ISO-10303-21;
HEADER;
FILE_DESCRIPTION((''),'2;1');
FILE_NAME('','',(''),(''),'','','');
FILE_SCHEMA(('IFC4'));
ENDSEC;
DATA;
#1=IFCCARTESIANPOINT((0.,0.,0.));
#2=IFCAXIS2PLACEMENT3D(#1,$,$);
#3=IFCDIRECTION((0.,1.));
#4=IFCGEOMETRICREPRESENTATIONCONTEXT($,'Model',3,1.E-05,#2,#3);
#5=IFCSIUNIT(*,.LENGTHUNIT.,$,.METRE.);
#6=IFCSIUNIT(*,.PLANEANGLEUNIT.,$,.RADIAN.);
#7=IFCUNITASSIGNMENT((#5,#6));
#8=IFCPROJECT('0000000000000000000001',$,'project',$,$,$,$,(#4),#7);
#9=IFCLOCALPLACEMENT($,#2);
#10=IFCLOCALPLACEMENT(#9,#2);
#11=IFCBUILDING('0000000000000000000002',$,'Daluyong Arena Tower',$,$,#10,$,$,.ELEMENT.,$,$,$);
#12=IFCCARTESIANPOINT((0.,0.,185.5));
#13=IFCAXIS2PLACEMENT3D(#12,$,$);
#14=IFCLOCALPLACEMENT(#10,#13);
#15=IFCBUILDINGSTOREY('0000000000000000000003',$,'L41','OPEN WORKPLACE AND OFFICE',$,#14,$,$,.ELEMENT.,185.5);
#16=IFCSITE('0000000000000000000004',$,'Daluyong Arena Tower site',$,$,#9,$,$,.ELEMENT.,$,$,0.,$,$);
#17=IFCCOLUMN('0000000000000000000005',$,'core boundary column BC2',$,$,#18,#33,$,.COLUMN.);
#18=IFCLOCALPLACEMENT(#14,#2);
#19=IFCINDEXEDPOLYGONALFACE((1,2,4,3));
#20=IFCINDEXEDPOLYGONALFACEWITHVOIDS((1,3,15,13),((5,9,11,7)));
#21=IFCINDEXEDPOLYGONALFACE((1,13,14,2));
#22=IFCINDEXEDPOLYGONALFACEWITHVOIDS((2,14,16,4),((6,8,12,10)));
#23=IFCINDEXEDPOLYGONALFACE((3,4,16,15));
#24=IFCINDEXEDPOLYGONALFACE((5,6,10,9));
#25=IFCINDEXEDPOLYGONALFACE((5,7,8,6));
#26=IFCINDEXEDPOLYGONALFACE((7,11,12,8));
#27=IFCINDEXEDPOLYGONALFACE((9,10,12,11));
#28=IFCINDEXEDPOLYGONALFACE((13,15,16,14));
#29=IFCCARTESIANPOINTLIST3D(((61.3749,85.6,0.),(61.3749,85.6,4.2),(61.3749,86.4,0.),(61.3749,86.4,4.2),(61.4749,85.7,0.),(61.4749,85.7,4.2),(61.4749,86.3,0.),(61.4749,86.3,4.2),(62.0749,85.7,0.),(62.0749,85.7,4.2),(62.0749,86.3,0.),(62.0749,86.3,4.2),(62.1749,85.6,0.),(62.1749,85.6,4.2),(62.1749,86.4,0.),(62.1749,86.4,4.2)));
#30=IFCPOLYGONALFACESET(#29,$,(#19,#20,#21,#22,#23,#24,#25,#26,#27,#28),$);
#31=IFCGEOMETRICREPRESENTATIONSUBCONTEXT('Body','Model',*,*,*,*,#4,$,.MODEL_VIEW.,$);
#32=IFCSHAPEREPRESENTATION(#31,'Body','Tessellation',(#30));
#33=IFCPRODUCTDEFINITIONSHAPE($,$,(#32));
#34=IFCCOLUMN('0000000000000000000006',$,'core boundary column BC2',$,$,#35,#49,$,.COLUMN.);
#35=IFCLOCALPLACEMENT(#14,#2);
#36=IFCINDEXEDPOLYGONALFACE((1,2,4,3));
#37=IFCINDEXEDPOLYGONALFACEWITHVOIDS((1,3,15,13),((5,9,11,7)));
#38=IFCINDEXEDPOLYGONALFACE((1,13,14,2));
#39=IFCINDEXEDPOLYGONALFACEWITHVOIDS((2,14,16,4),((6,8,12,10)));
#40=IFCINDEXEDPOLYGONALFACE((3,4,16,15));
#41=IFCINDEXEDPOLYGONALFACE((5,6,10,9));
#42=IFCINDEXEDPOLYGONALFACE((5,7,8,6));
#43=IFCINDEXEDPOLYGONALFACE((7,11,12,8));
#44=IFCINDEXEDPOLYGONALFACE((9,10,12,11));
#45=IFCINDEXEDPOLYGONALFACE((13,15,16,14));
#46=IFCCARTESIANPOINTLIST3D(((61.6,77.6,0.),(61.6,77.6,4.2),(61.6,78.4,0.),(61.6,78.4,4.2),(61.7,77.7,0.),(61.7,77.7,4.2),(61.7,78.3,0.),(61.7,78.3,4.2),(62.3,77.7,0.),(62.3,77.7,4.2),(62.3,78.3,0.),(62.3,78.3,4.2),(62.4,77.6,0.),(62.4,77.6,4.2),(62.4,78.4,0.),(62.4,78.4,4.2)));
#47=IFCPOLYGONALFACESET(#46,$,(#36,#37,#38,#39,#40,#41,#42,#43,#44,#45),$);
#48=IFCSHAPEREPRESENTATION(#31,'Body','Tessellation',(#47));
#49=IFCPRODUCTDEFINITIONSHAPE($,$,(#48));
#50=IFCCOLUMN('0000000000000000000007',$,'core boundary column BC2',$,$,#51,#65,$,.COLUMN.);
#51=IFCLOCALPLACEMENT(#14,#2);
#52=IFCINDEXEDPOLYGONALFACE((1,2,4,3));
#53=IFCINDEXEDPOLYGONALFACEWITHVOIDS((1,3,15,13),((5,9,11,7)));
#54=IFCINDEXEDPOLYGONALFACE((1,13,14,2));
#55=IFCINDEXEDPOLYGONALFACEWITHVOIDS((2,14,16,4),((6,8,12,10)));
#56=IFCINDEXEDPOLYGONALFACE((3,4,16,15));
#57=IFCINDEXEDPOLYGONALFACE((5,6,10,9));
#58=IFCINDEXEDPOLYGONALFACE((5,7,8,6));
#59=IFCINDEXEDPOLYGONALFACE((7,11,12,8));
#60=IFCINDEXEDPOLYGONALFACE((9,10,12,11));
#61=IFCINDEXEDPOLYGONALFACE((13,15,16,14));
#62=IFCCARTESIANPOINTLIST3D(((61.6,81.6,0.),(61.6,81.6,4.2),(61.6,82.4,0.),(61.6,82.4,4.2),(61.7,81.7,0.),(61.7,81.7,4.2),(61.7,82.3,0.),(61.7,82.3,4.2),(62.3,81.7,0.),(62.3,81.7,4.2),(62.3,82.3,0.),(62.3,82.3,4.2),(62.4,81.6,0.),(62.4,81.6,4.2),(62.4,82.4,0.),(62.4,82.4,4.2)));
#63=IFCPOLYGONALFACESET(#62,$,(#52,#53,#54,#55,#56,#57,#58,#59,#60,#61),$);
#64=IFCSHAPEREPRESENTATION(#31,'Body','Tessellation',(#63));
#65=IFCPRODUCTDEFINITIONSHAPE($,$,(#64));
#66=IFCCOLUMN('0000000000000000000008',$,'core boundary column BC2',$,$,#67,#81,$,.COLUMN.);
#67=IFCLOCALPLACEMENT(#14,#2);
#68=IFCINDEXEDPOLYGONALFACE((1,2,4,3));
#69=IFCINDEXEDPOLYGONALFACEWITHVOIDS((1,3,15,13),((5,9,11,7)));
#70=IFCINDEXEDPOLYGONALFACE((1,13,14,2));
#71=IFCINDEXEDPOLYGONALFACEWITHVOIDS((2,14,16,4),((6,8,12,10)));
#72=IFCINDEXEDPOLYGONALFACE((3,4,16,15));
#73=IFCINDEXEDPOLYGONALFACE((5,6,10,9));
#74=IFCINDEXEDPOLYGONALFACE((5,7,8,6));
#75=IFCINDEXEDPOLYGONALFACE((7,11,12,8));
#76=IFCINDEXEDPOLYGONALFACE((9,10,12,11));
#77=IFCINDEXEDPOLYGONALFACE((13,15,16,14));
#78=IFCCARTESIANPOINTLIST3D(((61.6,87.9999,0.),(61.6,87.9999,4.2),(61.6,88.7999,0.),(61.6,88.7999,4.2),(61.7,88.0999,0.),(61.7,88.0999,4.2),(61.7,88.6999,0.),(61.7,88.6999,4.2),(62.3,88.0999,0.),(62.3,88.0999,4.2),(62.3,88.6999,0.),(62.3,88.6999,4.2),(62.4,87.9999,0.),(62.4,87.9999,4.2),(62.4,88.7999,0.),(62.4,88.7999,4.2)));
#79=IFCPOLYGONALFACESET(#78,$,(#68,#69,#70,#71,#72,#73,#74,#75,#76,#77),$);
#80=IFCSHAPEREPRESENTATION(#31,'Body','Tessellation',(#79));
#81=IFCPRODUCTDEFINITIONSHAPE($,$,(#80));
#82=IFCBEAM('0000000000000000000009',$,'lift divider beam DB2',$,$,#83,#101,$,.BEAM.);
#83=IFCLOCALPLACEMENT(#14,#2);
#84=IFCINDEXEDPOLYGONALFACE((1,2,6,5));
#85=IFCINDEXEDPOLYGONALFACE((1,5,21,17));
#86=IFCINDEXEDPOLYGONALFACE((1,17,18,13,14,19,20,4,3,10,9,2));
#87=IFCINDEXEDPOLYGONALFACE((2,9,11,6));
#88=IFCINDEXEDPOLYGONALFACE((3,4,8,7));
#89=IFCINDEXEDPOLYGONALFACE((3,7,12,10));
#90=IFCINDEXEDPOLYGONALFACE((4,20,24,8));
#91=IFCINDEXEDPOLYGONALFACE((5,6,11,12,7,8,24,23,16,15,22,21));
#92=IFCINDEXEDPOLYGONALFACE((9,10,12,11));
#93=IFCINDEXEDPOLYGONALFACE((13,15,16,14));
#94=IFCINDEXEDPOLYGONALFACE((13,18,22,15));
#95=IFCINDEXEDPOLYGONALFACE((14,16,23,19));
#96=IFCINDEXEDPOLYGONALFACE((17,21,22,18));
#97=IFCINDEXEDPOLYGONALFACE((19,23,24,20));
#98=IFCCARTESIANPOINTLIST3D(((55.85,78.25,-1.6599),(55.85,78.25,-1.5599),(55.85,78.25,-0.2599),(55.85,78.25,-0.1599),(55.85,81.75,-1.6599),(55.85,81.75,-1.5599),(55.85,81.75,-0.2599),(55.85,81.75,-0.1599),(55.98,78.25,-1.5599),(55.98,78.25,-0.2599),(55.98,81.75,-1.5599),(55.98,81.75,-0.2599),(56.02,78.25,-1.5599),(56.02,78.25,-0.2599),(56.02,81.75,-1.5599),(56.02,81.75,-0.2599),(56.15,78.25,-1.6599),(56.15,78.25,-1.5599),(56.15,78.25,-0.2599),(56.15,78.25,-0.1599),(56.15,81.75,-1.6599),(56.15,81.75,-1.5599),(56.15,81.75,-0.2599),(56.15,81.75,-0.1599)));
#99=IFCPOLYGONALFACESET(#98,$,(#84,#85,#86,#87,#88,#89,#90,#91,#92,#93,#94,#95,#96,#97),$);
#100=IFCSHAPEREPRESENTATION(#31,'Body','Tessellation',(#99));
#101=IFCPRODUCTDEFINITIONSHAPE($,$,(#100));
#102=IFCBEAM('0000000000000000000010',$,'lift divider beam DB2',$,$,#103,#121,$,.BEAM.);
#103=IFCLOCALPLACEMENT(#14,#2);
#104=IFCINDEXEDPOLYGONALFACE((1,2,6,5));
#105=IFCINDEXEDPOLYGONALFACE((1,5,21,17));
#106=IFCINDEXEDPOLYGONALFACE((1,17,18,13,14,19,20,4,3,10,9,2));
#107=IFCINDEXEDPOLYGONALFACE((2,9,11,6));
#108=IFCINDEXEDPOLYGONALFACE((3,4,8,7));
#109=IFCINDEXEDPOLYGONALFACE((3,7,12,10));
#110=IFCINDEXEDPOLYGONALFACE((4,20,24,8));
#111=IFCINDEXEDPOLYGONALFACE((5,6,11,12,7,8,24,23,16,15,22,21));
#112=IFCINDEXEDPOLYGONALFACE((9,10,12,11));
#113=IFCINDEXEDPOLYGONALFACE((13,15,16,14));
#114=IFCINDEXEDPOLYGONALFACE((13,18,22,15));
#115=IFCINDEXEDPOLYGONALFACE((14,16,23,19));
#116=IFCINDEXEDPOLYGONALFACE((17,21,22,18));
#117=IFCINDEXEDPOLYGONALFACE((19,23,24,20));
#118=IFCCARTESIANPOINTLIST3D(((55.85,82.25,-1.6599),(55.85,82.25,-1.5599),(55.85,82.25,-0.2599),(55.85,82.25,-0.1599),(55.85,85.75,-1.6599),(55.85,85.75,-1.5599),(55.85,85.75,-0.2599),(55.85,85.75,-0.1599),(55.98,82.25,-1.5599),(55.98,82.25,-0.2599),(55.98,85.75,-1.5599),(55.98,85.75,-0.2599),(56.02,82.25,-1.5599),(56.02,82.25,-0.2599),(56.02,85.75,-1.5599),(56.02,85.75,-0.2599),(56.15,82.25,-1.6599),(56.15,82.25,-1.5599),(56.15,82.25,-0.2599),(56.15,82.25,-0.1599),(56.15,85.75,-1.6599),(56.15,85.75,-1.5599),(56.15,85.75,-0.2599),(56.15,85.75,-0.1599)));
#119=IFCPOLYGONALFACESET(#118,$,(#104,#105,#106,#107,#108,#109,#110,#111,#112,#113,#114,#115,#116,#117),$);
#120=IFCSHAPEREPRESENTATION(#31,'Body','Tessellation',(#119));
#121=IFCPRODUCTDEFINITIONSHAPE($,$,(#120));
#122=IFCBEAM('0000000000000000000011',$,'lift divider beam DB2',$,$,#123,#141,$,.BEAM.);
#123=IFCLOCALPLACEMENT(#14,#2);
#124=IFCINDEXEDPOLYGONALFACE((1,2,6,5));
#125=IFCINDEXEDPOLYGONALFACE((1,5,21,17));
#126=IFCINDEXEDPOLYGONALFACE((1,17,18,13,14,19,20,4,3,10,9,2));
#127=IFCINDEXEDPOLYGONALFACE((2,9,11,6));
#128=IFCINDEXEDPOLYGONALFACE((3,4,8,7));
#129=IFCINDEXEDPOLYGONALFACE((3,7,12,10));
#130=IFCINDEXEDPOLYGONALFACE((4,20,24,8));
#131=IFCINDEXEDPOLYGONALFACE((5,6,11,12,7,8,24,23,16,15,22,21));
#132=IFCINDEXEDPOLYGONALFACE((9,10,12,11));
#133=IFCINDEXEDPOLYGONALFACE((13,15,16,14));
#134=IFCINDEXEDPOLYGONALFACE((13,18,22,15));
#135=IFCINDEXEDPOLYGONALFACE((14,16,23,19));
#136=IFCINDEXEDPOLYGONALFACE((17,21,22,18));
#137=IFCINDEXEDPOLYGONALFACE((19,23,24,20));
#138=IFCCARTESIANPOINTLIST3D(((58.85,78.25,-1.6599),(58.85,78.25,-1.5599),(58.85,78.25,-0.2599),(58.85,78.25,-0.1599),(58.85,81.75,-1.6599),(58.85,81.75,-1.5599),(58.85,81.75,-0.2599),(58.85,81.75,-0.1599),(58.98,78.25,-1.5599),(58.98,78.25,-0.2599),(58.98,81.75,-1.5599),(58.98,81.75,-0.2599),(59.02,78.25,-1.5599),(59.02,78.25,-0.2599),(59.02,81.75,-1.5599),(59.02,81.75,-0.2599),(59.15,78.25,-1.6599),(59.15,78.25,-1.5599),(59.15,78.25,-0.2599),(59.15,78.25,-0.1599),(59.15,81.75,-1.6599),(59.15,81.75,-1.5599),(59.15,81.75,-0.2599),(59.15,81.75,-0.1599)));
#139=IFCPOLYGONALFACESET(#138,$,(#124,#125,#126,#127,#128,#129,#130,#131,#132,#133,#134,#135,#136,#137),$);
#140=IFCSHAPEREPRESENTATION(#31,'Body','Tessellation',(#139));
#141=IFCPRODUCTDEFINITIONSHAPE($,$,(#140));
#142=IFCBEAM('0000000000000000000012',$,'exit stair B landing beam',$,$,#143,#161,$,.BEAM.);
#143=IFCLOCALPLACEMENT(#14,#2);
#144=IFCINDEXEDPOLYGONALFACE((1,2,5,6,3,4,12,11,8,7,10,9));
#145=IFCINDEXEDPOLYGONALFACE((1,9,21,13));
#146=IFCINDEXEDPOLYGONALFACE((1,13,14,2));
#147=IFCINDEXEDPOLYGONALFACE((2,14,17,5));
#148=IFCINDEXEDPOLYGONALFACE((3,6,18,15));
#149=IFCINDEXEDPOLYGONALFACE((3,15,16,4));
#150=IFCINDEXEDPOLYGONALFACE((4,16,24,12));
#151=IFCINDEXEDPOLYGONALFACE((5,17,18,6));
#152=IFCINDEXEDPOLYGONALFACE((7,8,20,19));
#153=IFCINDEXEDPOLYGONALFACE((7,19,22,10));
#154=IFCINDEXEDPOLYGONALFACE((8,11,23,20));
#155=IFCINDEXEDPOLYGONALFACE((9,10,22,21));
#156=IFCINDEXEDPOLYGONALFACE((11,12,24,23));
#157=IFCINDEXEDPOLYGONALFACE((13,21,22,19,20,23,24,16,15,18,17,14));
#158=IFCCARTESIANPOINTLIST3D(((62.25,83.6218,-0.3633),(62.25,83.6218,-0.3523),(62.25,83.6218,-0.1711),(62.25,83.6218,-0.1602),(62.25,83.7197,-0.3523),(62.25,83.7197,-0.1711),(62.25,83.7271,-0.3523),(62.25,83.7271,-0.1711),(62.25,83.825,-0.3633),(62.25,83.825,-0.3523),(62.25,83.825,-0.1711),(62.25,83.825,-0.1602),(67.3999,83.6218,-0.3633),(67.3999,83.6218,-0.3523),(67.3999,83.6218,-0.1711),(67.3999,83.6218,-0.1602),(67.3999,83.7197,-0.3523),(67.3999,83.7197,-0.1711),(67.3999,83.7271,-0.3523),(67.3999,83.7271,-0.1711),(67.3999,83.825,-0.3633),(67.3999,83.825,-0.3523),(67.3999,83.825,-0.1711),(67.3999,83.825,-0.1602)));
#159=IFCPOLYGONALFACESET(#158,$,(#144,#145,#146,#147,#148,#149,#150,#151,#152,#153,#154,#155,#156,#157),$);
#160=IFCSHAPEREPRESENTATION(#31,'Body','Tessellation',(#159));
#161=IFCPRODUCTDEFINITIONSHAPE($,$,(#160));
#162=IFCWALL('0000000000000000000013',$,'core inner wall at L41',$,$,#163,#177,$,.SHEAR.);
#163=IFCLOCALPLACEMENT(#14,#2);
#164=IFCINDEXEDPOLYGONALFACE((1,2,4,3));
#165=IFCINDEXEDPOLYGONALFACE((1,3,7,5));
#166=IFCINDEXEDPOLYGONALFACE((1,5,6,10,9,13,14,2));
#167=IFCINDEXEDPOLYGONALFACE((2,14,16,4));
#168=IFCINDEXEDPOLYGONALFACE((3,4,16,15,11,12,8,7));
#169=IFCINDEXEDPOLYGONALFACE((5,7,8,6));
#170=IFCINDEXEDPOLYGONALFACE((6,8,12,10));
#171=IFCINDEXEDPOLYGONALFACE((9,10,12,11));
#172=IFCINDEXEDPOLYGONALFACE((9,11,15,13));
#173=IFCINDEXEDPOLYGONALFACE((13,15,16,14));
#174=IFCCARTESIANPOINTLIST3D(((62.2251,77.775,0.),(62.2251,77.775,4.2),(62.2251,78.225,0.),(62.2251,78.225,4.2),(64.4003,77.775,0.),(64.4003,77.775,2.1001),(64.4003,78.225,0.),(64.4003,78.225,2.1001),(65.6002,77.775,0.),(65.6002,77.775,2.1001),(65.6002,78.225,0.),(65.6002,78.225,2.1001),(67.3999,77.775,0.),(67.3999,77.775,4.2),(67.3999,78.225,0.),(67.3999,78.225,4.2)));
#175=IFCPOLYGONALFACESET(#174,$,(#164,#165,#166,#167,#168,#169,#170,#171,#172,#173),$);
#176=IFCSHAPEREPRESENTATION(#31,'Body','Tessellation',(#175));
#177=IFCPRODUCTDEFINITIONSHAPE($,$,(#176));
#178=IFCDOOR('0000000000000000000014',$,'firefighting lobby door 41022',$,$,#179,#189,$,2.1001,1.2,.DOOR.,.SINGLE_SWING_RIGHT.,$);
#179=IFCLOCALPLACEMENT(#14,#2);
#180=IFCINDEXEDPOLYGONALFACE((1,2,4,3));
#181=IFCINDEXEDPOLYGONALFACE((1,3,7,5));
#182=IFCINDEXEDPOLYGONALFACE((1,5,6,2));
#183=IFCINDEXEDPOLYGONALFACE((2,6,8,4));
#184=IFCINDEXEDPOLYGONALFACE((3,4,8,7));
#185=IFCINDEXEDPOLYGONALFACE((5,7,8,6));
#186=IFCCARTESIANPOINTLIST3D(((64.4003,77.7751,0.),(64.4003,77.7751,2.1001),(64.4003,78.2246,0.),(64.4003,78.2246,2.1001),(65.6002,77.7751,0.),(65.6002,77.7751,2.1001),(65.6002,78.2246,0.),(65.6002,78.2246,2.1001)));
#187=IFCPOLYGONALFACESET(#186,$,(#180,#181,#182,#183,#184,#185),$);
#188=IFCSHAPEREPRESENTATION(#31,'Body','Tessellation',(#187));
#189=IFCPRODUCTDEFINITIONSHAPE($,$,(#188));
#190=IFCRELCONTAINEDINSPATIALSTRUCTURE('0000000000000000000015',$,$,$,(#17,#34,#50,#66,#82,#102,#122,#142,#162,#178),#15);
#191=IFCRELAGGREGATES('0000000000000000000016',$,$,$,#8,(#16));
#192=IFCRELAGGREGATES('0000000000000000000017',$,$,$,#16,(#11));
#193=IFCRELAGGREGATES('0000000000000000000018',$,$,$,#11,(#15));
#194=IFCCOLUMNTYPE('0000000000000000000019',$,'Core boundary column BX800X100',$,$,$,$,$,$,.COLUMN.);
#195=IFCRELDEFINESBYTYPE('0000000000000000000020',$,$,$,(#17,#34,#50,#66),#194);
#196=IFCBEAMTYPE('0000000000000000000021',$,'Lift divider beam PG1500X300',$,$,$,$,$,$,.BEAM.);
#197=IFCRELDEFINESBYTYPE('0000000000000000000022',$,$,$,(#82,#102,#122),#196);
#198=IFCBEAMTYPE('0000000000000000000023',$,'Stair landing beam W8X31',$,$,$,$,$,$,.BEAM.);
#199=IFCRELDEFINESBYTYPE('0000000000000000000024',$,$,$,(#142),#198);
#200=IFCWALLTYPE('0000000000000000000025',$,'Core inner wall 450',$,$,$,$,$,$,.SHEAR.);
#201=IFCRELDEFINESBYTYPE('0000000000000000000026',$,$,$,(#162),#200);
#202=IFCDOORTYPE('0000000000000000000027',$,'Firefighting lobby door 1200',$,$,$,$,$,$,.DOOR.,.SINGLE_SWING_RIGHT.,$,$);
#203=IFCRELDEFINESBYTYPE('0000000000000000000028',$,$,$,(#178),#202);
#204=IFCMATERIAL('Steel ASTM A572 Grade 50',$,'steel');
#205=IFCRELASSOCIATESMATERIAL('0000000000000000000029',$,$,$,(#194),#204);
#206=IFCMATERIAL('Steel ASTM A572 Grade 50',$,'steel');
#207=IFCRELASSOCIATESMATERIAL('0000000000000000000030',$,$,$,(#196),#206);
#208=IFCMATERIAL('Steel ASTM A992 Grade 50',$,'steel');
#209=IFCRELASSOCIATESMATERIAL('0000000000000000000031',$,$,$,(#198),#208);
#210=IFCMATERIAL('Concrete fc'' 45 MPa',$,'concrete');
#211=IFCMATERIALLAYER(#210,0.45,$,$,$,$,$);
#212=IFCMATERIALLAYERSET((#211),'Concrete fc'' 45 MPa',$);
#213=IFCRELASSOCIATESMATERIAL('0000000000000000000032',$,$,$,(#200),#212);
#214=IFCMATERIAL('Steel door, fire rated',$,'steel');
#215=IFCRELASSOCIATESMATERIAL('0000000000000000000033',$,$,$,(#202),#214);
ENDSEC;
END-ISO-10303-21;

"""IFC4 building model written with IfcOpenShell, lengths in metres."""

from ifc_helpers import new_model, si_unit, direction, frame, frame_2d, origin, origin_2d, place, context, subcontext, project, spatial, rectangle, hollow_rectangle, i_section, extrude, material, layer, layer_set, material_profile, profile_set, type_object, element, fill, save


model = new_model("IFC4")

# Units and contexts
model_context = context("Model", 3, precision=1e-05, world=origin(), true_north=direction((0.0, 1.0)))
body_context = subcontext(model_context, "Body", "Model", "MODEL_VIEW")
ifc_project = project(units=[si_unit("LENGTHUNIT", "METRE"), si_unit("PLANEANGLEUNIT", "RADIAN")], contexts=[model_context])

# Site, building, storey
site_placement = place(None, origin())
site = spatial("IfcSite", under=ifc_project, at=site_placement, Name="Daluyong Arena Tower site", CompositionType="ELEMENT", RefElevation=0.0)
building_placement = place(site_placement, origin())
building = spatial("IfcBuilding", under=site, at=building_placement, Name="Daluyong Arena Tower", CompositionType="ELEMENT")
storey_placement = place(building_placement, frame((0.0, 0.0, 185.5)))
storey = spatial("IfcBuildingStorey", under=building, at=storey_placement, Name="L41", Description="OPEN WORKPLACE AND OFFICE", CompositionType="ELEMENT", Elevation=185.5)

# Columns
ifc_material_1 = material(Name="Steel ASTM A572 Grade 50", Category="steel")
ifc_material_profile_1 = material_profile(ifc_material_1, hollow_rectangle(XDim=0.8, YDim=0.8, WallThickness=0.1, at=origin_2d()))
ifc_profile_set_1 = profile_set([ifc_material_profile_1], Name="Steel ASTM A572 Grade 50")
column_type = type_object("IfcColumnType", Name="Core boundary column BX800X100", PredefinedType="COLUMN", material=ifc_profile_set_1)
for number, where, z_axis, x_axis, name in (
    (1, (61.7749, 86.0, 0.0), (0.0, 0.0, 1.0), (1.0, 0.0, 0.0), "core boundary column BC2"),
    (2, (62.0, 78.0, 0.0), (0.0, 0.0, 1.0), (1.0, 0.0, 0.0), "core boundary column BC2"),
    (3, (62.0, 82.0, 0.0), (0.0, 0.0, 1.0), (1.0, 0.0, 0.0), "core boundary column BC2"),
    (4, (62.0, 88.3999, 0.0), (0.0, 0.0, 1.0), (1.0, 0.0, 0.0), "core boundary column BC2"),
):
    element("IfcColumn", number, at=place(storey_placement, frame(where, z_axis=z_axis, x_axis=x_axis)), inside=storey, type_object=column_type, Name=name, PredefinedType="COLUMN", context=body_context, shape_type="SweptSolid", body=[
        extrude(hollow_rectangle(XDim=0.8, YDim=0.8, WallThickness=0.1, at=origin_2d()), origin(), (0.0, 0.0, 1.0), 4.2),
    ])

# Beams
ifc_material_2 = material(Name="Steel ASTM A572 Grade 50", Category="steel")
ifc_material_profile_2 = material_profile(ifc_material_2, i_section(OverallWidth=0.3, OverallDepth=1.5, WebThickness=0.04, FlangeThickness=0.1, at=origin_2d()))
ifc_profile_set_2 = profile_set([ifc_material_profile_2], Name="Steel ASTM A572 Grade 50")
beam_type_1 = type_object("IfcBeamType", Name="Lift divider beam PG1500X300", PredefinedType="BEAM", material=ifc_profile_set_2)
for number, where, z_axis, x_axis, name in (
    (5, (56.0, 78.25, -0.9099), (0.0, 1.0, 0.0), (-1.0, 0.0, 0.0), "lift divider beam DB2"),
    (6, (56.0, 82.25, -0.9099), (0.0, 1.0, 0.0), (-1.0, 0.0, 0.0), "lift divider beam DB2"),
    (7, (59.0, 78.25, -0.9099), (0.0, 1.0, 0.0), (-1.0, 0.0, 0.0), "lift divider beam DB2"),
):
    element("IfcBeam", number, at=place(storey_placement, frame(where, z_axis=z_axis, x_axis=x_axis)), inside=storey, type_object=beam_type_1, Name=name, PredefinedType="BEAM", context=body_context, shape_type="SweptSolid", body=[
        extrude(i_section(OverallWidth=0.3, OverallDepth=1.5, WebThickness=0.04, FlangeThickness=0.1, at=origin_2d()), origin(), (0.0, 0.0, 1.0), 3.5),
    ])
ifc_material_3 = material(Name="Steel ASTM A992 Grade 50", Category="steel")
ifc_material_profile_3 = material_profile(ifc_material_3, i_section(OverallWidth=0.2031, OverallDepth=0.2031, WebThickness=0.0073, FlangeThickness=0.011, at=origin_2d()))
ifc_profile_set_3 = profile_set([ifc_material_profile_3], Name="Steel ASTM A992 Grade 50")
beam_type_2 = type_object("IfcBeamType", Name="Stair landing beam W8X31", PredefinedType="BEAM", material=ifc_profile_set_3)
beam_placement = place(storey_placement, frame((62.25, 83.7234, -0.2617), z_axis=(1.0, 0.0, 0.0), x_axis=(0.0, 1.0, 0.0)))
element("IfcBeam", 8, at=beam_placement, inside=storey, type_object=beam_type_2, Name="exit stair B landing beam", PredefinedType="BEAM", context=body_context, shape_type="SweptSolid", body=[
    extrude(i_section(OverallWidth=0.2031, OverallDepth=0.2031, WebThickness=0.0073, FlangeThickness=0.011, at=origin_2d()), origin(), (0.0, 0.0, 1.0), 5.1499),
])

# Wall, opening, door
ifc_material_4 = material(Name="Concrete fc' 45 MPa", Category="concrete")
ifc_layer_1 = layer(ifc_material_4, 0.45)
ifc_layer_set_1 = layer_set([ifc_layer_1], Name="Concrete fc' 45 MPa")
wall_type_1 = type_object("IfcWallType", Name="Core inner wall 450", PredefinedType="SHEAR", material=ifc_layer_set_1)
wall_1_placement = place(storey_placement, frame((62.2251, 78.0, 0.0), z_axis=(0.0, 0.0, 1.0), x_axis=(1.0, 0.0, 0.0)))
wall_1 = element("IfcWall", 9, at=wall_1_placement, inside=storey, type_object=wall_type_1, Name="core inner wall at L41", PredefinedType="SHEAR", context=body_context, shape_type="SweptSolid", body=[
    extrude(rectangle(XDim=5.1748, YDim=0.45, at=frame_2d((2.5874, 0.0))), origin(), (0.0, 0.0, 1.0), 4.2),
])
opening_1_placement = place(wall_1_placement, frame((2.175, 0.0, 0.0)))
opening_1 = element("IfcOpeningElement", 10, at=opening_1_placement, cuts=wall_1, PredefinedType="OPENING", context=body_context, shape_type="SweptSolid", body=[
    extrude(rectangle(XDim=1.2, YDim=2.1001, at=frame_2d((0.6001, 1.05))), frame((0.0, 0.2349, 0.0), z_axis=(0.0, -1.0, 0.0), x_axis=(1.0, 0.0, 0.0)), (0.0, 0.0, 1.0), 0.47),
])
ifc_material_5 = material(Name="Steel door, fire rated", Category="steel")
door_type_1 = type_object("IfcDoorType", Name="Firefighting lobby door 1200", OperationType="SINGLE_SWING_RIGHT", PredefinedType="DOOR", material=ifc_material_5)
door_1_placement = place(opening_1_placement, origin())
door_1 = element("IfcDoor", 11, at=door_1_placement, inside=storey, type_object=door_type_1, Name="firefighting lobby door 41022", OperationType="SINGLE_SWING_RIGHT", OverallHeight=2.1001, OverallWidth=1.2, PredefinedType="DOOR", context=body_context, shape_type="SweptSolid", body=[
    extrude(rectangle(XDim=1.2, YDim=2.1001, at=frame_2d((0.6001, 1.05))), frame((0.0, 0.2246, 0.0), z_axis=(0.0, -1.0, 0.0), x_axis=(1.0, 0.0, 0.0)), (0.0, 0.0, 1.0), 0.4495),
])
fill(opening_1, door_1)

save(model, "model.ifc")
